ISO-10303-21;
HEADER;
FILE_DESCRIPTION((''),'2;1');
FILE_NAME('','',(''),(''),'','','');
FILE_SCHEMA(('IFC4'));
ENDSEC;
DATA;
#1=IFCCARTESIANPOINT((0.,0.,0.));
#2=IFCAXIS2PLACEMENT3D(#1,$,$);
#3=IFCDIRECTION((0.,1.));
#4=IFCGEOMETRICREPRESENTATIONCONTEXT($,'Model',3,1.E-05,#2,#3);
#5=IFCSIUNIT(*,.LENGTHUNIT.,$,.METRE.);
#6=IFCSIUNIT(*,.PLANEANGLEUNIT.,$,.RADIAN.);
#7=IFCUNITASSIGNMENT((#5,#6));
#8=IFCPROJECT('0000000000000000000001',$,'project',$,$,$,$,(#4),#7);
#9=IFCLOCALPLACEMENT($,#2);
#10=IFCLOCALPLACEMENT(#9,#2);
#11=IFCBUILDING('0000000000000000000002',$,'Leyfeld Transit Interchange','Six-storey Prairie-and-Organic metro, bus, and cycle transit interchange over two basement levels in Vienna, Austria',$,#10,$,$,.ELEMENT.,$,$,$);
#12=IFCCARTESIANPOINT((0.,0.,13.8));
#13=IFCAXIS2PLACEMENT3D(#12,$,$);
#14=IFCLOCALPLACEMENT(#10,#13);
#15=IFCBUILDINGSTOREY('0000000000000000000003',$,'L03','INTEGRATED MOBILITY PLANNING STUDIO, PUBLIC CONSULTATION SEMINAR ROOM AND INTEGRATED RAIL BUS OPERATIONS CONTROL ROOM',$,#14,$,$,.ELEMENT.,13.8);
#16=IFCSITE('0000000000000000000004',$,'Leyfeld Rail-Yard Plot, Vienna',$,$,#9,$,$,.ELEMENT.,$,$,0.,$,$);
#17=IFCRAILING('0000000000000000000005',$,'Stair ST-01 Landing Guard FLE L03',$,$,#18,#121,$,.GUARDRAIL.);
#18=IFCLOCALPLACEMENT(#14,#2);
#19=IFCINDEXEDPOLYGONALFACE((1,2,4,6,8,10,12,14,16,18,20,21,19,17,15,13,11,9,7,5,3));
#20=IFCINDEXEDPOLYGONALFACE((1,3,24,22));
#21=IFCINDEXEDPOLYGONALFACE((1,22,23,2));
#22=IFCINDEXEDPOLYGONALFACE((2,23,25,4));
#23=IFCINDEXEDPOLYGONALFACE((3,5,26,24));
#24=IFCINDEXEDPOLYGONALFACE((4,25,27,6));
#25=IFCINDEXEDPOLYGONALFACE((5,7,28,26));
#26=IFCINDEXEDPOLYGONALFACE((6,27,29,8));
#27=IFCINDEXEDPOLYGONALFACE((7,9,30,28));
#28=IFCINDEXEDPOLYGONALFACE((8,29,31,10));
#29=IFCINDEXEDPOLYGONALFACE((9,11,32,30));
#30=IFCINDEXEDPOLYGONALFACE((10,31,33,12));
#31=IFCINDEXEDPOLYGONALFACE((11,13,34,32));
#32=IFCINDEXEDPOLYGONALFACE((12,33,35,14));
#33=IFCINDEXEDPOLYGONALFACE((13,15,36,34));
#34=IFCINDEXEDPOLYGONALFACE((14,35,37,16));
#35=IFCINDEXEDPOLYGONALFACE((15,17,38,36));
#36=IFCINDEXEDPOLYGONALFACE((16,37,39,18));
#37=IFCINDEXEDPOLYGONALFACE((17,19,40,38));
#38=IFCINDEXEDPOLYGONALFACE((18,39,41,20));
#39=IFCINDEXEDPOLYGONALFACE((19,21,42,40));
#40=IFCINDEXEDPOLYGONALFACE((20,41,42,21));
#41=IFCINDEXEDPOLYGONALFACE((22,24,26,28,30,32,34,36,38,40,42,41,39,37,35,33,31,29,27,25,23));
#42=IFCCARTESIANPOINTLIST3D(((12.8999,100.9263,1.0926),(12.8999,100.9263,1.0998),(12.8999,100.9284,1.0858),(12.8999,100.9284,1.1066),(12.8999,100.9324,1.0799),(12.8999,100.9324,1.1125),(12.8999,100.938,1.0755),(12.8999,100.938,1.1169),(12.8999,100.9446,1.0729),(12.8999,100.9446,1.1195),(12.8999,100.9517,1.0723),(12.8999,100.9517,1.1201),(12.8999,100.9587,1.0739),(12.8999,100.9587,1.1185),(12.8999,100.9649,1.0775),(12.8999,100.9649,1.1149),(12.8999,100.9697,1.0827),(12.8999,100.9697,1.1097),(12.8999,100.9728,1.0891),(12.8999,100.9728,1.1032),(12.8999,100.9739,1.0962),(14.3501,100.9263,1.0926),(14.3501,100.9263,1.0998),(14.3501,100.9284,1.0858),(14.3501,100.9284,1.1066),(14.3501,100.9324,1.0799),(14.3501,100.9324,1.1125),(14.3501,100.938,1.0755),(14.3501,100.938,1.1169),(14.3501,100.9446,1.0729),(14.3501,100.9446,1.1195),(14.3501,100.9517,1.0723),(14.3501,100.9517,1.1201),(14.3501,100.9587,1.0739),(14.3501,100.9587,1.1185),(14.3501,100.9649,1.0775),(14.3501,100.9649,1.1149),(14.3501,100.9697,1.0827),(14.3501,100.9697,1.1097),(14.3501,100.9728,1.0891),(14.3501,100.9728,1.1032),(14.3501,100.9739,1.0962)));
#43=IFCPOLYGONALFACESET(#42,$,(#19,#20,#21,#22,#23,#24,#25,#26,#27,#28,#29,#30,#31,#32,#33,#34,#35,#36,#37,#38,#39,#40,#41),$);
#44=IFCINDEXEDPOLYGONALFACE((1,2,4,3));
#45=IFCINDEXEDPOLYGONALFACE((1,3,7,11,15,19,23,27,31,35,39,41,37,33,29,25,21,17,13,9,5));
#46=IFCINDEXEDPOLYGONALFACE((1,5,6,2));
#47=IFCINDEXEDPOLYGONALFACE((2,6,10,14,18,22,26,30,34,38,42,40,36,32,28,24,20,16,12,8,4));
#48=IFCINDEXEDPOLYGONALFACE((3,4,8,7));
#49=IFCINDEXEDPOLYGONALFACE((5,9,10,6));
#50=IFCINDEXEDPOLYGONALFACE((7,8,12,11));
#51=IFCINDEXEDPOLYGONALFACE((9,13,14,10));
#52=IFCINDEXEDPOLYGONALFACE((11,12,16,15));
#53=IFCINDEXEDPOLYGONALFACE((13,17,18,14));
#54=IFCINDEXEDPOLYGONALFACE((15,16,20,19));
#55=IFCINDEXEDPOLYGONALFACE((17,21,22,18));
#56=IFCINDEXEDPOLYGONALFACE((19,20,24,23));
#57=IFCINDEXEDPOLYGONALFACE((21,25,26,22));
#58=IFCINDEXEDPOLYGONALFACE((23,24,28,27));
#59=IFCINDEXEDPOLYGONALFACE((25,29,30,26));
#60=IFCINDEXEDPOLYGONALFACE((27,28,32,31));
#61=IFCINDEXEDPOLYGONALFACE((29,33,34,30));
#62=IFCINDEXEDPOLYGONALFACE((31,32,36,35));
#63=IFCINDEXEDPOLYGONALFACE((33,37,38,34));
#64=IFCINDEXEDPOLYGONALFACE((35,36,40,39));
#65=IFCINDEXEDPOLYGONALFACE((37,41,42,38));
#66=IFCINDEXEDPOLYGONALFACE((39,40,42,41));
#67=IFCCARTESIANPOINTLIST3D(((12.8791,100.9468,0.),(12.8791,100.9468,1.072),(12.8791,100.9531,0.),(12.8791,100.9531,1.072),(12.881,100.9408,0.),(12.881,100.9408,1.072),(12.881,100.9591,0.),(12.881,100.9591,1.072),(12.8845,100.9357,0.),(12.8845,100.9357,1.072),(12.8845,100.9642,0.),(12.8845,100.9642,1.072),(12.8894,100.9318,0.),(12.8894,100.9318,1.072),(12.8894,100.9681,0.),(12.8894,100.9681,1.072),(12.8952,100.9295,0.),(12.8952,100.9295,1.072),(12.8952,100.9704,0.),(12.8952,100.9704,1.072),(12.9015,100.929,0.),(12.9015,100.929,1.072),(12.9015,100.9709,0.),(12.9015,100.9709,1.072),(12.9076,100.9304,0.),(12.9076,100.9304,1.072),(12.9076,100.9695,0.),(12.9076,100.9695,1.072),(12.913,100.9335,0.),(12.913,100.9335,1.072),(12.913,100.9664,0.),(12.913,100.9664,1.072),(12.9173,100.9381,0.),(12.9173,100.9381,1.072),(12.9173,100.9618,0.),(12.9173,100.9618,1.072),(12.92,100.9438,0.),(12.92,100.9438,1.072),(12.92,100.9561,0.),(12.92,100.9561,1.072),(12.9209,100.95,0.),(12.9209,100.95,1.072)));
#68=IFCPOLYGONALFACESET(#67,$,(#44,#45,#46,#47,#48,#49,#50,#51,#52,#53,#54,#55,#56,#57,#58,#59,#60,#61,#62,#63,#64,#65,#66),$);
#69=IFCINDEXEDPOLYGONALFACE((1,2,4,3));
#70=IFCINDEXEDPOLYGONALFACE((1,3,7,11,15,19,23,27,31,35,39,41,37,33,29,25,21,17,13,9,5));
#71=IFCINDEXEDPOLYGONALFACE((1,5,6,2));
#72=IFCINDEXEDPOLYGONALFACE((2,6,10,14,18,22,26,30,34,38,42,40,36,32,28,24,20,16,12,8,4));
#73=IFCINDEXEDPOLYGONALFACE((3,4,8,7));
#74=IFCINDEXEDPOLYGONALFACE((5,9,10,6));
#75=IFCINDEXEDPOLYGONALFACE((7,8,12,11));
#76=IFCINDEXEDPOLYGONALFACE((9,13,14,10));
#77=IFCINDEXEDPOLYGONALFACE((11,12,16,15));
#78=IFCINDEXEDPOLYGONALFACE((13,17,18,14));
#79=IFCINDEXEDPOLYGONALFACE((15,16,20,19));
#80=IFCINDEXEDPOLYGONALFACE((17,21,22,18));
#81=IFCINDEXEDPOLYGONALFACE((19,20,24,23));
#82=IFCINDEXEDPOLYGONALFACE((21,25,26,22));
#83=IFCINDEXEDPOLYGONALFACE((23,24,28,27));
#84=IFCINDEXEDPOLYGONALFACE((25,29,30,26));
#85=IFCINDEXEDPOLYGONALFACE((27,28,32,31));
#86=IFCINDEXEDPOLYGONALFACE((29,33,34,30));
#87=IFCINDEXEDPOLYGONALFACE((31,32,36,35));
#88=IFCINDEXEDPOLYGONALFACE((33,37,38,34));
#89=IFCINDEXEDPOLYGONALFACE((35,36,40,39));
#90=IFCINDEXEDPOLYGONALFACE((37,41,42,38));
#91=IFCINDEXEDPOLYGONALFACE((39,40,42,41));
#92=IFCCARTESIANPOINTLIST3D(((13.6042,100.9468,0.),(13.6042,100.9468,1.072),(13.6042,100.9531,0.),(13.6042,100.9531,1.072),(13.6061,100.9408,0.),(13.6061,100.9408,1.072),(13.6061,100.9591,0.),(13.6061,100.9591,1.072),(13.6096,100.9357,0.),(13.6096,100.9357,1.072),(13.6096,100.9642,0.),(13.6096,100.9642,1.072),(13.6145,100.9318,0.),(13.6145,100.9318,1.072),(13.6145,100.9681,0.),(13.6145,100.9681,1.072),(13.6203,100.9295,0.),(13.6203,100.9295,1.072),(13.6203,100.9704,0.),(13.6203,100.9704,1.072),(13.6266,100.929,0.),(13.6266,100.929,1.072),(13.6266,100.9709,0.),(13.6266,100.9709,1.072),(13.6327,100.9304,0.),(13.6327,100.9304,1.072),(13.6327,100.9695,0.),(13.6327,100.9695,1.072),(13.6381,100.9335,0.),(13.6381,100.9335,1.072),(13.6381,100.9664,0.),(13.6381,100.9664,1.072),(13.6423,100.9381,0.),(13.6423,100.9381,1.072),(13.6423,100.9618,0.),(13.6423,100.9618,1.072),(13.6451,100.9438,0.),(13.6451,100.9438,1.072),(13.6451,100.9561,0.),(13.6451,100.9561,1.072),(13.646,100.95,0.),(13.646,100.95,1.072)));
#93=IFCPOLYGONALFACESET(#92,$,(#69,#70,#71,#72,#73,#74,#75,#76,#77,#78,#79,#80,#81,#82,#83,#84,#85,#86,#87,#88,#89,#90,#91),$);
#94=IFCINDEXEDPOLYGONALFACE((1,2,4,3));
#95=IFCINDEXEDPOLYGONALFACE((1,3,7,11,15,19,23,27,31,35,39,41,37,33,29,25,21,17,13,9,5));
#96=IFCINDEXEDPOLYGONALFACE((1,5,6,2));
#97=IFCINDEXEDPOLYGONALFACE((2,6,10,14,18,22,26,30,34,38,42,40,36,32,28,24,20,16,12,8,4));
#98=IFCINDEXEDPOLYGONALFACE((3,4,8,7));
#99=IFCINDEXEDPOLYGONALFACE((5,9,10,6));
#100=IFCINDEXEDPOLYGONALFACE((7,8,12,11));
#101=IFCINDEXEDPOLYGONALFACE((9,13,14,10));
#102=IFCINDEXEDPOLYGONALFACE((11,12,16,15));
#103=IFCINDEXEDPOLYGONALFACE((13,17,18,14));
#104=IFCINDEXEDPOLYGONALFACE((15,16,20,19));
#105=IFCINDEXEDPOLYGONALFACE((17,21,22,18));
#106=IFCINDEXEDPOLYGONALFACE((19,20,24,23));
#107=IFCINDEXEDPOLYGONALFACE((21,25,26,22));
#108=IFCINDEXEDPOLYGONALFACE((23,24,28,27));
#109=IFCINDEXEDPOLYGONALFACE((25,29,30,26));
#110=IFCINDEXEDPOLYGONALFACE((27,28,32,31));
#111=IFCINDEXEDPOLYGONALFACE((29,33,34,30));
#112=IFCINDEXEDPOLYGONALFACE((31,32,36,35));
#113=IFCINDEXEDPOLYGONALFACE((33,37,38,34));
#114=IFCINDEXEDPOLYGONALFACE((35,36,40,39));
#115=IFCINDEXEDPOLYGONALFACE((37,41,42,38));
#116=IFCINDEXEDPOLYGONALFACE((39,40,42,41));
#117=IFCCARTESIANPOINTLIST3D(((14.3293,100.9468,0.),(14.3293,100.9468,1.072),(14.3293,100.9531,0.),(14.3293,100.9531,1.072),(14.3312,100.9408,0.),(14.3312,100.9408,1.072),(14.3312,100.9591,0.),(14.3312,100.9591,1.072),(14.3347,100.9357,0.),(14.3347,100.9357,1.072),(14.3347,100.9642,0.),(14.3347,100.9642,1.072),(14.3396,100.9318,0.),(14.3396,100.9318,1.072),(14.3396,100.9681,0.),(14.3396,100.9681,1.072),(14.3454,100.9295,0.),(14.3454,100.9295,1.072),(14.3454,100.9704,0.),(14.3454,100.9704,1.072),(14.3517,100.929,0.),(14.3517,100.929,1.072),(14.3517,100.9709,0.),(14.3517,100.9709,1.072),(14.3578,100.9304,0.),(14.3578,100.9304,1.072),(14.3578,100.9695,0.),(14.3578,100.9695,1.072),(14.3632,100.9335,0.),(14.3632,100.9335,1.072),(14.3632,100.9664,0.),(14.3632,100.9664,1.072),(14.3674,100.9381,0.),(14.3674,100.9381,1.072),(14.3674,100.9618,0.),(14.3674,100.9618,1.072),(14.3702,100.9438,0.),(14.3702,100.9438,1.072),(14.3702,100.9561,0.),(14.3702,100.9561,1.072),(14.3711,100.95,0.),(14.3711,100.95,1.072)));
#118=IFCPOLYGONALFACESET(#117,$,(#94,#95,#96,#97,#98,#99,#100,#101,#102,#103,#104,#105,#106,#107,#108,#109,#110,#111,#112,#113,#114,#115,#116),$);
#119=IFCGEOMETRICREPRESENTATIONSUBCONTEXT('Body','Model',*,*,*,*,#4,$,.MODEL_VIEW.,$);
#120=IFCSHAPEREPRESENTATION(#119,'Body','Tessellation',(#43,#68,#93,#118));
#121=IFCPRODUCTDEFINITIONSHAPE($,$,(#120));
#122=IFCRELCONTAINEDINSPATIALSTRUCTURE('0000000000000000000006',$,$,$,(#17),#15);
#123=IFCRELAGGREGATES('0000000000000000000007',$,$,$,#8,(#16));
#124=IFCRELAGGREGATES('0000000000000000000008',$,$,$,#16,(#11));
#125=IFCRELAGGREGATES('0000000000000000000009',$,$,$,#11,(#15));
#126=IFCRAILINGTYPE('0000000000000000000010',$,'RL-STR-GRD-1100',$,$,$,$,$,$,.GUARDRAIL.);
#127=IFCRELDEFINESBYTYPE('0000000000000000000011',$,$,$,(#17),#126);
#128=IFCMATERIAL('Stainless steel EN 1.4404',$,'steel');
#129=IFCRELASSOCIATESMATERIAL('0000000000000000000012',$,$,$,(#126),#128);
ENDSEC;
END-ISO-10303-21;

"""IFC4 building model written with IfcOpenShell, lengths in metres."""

from ifc_helpers import new_model, si_unit, direction, frame, origin, origin_2d, place, context, subcontext, project, spatial, circle, extrude, material, type_object, element, save


model = new_model("IFC4")

# Units and contexts
model_context = context("Model", 3, precision=1e-05, world=origin(), true_north=direction((0.0, 1.0)))
body_context = subcontext(model_context, "Body", "Model", "MODEL_VIEW")
ifc_project = project(units=[si_unit("LENGTHUNIT", "METRE"), si_unit("PLANEANGLEUNIT", "RADIAN")], contexts=[model_context])

# Site, building, storey
site_placement = place(None, origin())
site = spatial("IfcSite", under=ifc_project, at=site_placement, Name="Leyfeld Rail-Yard Plot, Vienna", CompositionType="ELEMENT", RefElevation=0.0)
building_placement = place(site_placement, origin())
building = spatial("IfcBuilding", under=site, at=building_placement, Name="Leyfeld Transit Interchange", Description="Six-storey Prairie-and-Organic metro, bus, and cycle transit interchange over two basement levels in Vienna, Austria", CompositionType="ELEMENT")
storey_placement = place(building_placement, frame((0.0, 0.0, 13.8)))
storey = spatial("IfcBuildingStorey", under=building, at=storey_placement, Name="L03", Description="INTEGRATED MOBILITY PLANNING STUDIO, PUBLIC CONSULTATION SEMINAR ROOM AND INTEGRATED RAIL BUS OPERATIONS CONTROL ROOM", CompositionType="ELEMENT", Elevation=13.8)

# Shared definitions
ifc_material_1 = material(Name="Stainless steel EN 1.4404", Category="steel")

# Railing
railing_type_1 = type_object("IfcRailingType", Name="RL-STR-GRD-1100", PredefinedType="GUARDRAIL", material=ifc_material_1)
railing_1_placement = place(storey_placement, frame((12.8999, 100.95, 0.0)))
element("IfcRailing", 1, at=railing_1_placement, inside=storey, type_object=railing_type_1, Name="Stair ST-01 Landing Guard FLE L03", PredefinedType="GUARDRAIL", context=body_context, shape_type="SweptSolid", body=[
    extrude(circle(Radius=0.0239, at=origin_2d()), frame((0.0, 0.0, 1.0962), z_axis=(1.0, 0.0, 0.0), x_axis=(0.0, 1.0, 0.0)), (0.0, 0.0, 1.0), 1.4502),
    extrude(circle(Radius=0.021, at=origin_2d()), origin(), (0.0, 0.0, 1.0), 1.072),
    extrude(circle(Radius=0.021, at=origin_2d()), frame((0.7251, 0.0, 0.0)), (0.0, 0.0, 1.0), 1.072),
    extrude(circle(Radius=0.021, at=origin_2d()), frame((1.4502, 0.0, 0.0)), (0.0, 0.0, 1.0), 1.072),
])

save(model, "model.ifc")
